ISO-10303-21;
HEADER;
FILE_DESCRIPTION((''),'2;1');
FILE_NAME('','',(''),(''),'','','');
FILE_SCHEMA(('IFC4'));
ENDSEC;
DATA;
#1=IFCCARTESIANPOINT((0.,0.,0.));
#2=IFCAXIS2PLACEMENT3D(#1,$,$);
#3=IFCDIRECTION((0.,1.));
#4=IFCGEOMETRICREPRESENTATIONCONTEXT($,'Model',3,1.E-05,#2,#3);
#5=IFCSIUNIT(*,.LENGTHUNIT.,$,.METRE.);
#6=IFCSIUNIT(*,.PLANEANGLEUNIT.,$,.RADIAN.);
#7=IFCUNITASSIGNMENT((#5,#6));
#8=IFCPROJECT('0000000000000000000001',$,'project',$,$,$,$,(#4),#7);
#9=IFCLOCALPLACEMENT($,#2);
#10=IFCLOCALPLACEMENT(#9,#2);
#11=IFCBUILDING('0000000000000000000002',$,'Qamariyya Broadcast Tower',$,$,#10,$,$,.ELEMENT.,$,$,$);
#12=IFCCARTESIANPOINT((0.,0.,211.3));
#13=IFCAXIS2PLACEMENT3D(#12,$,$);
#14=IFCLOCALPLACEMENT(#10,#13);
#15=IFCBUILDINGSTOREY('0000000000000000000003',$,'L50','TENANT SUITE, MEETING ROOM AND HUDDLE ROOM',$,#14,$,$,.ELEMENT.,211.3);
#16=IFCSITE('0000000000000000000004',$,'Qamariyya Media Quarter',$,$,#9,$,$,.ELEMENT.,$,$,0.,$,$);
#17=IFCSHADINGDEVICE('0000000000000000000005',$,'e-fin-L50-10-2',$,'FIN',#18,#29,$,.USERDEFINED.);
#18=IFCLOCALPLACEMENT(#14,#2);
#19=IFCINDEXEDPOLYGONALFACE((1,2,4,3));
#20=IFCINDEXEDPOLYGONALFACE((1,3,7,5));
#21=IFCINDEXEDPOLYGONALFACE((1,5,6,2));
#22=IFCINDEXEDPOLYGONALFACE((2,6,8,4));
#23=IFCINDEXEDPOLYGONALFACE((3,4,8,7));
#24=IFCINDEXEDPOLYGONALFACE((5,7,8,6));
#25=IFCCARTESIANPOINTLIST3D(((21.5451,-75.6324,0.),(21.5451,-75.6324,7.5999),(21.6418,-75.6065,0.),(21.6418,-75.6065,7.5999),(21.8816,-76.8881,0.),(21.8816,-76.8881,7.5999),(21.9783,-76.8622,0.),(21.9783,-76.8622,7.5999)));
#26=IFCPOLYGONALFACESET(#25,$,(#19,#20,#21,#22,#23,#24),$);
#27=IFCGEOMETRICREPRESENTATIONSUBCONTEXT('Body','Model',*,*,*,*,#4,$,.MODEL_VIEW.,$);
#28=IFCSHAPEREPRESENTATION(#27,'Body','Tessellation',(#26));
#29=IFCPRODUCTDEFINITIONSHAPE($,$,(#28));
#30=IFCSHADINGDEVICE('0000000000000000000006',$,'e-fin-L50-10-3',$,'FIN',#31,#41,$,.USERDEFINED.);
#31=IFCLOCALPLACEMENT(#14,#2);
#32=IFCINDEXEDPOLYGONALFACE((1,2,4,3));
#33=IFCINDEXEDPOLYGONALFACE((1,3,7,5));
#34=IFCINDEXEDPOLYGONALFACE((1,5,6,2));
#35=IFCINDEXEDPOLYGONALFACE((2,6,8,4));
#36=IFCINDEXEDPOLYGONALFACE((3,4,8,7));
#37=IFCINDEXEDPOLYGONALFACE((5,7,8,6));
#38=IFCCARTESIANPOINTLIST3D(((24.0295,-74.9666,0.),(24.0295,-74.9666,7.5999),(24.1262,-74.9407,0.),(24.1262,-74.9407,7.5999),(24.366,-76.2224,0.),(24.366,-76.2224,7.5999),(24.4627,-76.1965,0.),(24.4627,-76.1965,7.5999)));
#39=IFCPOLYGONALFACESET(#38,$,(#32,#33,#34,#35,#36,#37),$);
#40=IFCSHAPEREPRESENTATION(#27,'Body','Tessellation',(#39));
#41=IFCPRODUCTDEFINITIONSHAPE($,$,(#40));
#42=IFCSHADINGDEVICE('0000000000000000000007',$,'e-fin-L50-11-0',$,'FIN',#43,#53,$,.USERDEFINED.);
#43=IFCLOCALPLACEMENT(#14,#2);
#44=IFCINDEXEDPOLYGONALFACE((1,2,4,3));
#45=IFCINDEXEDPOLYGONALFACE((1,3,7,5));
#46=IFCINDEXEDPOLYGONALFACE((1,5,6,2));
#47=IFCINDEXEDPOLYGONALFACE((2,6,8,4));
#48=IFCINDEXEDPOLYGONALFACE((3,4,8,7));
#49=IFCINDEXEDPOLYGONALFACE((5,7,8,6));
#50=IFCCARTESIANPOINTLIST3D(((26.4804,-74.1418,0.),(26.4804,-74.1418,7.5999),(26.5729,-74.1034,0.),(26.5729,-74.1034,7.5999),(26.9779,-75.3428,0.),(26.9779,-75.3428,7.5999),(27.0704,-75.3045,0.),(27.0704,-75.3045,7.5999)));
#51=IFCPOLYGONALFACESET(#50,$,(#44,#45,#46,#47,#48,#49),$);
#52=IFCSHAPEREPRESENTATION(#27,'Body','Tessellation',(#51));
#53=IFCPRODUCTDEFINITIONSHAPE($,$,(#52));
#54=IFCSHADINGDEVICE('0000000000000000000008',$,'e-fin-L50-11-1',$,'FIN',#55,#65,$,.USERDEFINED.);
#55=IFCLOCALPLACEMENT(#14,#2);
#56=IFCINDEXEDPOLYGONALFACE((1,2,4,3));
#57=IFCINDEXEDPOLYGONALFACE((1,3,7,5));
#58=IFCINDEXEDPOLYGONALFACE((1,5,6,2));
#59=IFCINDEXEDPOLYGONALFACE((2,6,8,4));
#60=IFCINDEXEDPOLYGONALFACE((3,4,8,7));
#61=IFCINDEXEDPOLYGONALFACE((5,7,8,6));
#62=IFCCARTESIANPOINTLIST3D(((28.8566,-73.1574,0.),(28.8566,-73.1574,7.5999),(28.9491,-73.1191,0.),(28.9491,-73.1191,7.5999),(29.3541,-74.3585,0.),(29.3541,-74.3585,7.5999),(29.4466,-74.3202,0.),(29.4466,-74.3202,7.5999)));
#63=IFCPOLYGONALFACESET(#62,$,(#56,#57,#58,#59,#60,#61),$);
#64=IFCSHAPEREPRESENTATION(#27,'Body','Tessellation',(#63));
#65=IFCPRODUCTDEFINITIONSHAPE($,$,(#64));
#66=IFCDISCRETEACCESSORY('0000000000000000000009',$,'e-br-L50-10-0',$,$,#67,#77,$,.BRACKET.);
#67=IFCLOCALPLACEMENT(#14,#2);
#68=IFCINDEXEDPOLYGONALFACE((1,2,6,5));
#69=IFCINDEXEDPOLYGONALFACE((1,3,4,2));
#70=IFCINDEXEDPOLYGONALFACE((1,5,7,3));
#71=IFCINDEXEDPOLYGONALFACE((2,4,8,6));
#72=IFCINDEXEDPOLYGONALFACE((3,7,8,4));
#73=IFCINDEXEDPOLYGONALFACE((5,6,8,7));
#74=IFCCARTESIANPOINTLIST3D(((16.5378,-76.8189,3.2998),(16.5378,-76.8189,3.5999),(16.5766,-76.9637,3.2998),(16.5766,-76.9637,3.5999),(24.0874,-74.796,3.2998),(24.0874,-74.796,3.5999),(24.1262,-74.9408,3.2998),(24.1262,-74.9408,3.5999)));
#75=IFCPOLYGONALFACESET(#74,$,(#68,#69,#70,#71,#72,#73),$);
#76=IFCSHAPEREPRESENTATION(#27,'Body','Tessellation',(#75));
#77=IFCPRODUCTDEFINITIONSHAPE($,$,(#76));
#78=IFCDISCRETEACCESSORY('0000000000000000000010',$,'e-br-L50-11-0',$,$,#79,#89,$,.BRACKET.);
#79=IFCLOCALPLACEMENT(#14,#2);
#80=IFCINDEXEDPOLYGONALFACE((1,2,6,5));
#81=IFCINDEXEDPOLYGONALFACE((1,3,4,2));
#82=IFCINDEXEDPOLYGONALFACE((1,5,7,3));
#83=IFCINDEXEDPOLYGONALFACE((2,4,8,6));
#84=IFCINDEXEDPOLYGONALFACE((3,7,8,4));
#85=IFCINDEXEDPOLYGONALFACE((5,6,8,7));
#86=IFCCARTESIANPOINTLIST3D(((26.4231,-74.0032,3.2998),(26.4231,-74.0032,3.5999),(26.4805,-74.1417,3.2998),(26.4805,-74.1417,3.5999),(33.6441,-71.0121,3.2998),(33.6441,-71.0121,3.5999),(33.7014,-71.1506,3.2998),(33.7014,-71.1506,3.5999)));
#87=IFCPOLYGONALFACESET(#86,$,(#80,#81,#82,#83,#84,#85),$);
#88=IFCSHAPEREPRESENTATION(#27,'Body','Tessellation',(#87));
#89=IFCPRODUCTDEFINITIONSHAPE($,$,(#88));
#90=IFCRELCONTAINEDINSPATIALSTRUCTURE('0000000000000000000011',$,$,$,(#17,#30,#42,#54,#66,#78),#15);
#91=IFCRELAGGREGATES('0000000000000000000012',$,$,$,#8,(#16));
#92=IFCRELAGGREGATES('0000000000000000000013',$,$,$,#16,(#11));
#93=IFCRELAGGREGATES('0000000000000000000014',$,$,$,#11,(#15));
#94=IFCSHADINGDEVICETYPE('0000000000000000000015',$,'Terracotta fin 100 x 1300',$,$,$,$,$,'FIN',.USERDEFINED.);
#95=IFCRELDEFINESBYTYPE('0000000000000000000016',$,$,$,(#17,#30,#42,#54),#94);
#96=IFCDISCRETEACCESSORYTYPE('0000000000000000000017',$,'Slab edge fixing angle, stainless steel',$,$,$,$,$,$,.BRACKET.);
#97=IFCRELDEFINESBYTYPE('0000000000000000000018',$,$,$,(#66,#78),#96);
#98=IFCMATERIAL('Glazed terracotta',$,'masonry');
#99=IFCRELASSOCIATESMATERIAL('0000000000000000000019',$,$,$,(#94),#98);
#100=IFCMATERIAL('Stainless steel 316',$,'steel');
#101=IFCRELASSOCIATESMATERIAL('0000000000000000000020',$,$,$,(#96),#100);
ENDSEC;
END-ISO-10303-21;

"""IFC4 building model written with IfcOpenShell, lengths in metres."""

from ifc_helpers import new_model, si_unit, direction, frame, origin, origin_2d, place, context, subcontext, project, spatial, rectangle, extrude, material, material_profile, profile_set, type_object, element, save


model = new_model("IFC4")

# Units and contexts
model_context = context("Model", 3, precision=1e-05, world=origin(), true_north=direction((0.0, 1.0)))
body_context = subcontext(model_context, "Body", "Model", "MODEL_VIEW")
ifc_project = project(units=[si_unit("LENGTHUNIT", "METRE"), si_unit("PLANEANGLEUNIT", "RADIAN")], contexts=[model_context])

# Site, building, storey
site_placement = place(None, origin())
site = spatial("IfcSite", under=ifc_project, at=site_placement, Name="Qamariyya Media Quarter", CompositionType="ELEMENT", RefElevation=0.0)
building_placement = place(site_placement, origin())
building = spatial("IfcBuilding", under=site, at=building_placement, Name="Qamariyya Broadcast Tower", CompositionType="ELEMENT")
storey_placement = place(building_placement, frame((0.0, 0.0, 211.3)))
storey = spatial("IfcBuildingStorey", under=building, at=storey_placement, Name="L50", Description="TENANT SUITE, MEETING ROOM AND HUDDLE ROOM", CompositionType="ELEMENT", Elevation=211.3)

# Shading devices
ifc_material_1 = material(Name="Glazed terracotta", Category="masonry")
ifc_material_profile_1 = material_profile(ifc_material_1, rectangle(XDim=1.3, YDim=0.1001, at=origin_2d()))
ifc_profile_set_1 = profile_set([ifc_material_profile_1], Name="Glazed terracotta")
shading_device_type_1 = type_object("IfcShadingDeviceType", Name="Terracotta fin 100 x 1300", ElementType="FIN", PredefinedType="USERDEFINED", material=ifc_profile_set_1)
for number, where, z_axis, x_axis, name in (
    (1, (21.7617, -76.2473, 0.0), (0.0, 0.0, 1.0), (0.258819, -0.965926, 0.0), "e-fin-L50-10-2"),
    (2, (24.2461, -75.5815, 0.0), (0.0, 0.0, 1.0), (0.258819, -0.965926, 0.0), "e-fin-L50-10-3"),
    (3, (26.7754, -74.7231, 0.0), (0.0, 0.0, 1.0), (0.382683, -0.92388, 0.0), "e-fin-L50-11-0"),
    (4, (29.1516, -73.7388, 0.0), (0.0, 0.0, 1.0), (0.382683, -0.92388, 0.0), "e-fin-L50-11-1"),
):
    element("IfcShadingDevice", number, at=place(storey_placement, frame(where, z_axis=z_axis, x_axis=x_axis)), inside=storey, type_object=shading_device_type_1, Name=name, ObjectType="FIN", PredefinedType="USERDEFINED", context=body_context, shape_type="SweptSolid", body=[
        extrude(rectangle(XDim=1.3, YDim=0.1001, at=origin_2d()), origin(), (0.0, 0.0, 1.0), 7.5999),
    ])

# Discrete accessories
ifc_material_2 = material(Name="Stainless steel 316", Category="steel")
discrete_accessory_type = type_object("IfcDiscreteAccessoryType", Name="Slab edge fixing angle, stainless steel", PredefinedType="BRACKET", material=ifc_material_2)
for number, where, z_axis, x_axis, name in (
    (5, (20.332, -75.8799, 3.2998), (0.0, 0.0, 1.0), (0.965926, 0.258819, 0.0), "e-br-L50-10-0"),
    (6, (30.0623, -72.5769, 3.2998), (0.0, 0.0, 1.0), (0.92388, 0.382683, 0.0), "e-br-L50-11-0"),
):
    element("IfcDiscreteAccessory", number, at=place(storey_placement, frame(where, z_axis=z_axis, x_axis=x_axis)), inside=storey, type_object=discrete_accessory_type, Name=name, PredefinedType="BRACKET", context=body_context, shape_type="SweptSolid", body=[
        extrude(rectangle(XDim=7.8159, YDim=0.1499, at=origin_2d()), origin(), (0.0, 0.0, 1.0), 0.3),
    ])

save(model, "model.ifc")
